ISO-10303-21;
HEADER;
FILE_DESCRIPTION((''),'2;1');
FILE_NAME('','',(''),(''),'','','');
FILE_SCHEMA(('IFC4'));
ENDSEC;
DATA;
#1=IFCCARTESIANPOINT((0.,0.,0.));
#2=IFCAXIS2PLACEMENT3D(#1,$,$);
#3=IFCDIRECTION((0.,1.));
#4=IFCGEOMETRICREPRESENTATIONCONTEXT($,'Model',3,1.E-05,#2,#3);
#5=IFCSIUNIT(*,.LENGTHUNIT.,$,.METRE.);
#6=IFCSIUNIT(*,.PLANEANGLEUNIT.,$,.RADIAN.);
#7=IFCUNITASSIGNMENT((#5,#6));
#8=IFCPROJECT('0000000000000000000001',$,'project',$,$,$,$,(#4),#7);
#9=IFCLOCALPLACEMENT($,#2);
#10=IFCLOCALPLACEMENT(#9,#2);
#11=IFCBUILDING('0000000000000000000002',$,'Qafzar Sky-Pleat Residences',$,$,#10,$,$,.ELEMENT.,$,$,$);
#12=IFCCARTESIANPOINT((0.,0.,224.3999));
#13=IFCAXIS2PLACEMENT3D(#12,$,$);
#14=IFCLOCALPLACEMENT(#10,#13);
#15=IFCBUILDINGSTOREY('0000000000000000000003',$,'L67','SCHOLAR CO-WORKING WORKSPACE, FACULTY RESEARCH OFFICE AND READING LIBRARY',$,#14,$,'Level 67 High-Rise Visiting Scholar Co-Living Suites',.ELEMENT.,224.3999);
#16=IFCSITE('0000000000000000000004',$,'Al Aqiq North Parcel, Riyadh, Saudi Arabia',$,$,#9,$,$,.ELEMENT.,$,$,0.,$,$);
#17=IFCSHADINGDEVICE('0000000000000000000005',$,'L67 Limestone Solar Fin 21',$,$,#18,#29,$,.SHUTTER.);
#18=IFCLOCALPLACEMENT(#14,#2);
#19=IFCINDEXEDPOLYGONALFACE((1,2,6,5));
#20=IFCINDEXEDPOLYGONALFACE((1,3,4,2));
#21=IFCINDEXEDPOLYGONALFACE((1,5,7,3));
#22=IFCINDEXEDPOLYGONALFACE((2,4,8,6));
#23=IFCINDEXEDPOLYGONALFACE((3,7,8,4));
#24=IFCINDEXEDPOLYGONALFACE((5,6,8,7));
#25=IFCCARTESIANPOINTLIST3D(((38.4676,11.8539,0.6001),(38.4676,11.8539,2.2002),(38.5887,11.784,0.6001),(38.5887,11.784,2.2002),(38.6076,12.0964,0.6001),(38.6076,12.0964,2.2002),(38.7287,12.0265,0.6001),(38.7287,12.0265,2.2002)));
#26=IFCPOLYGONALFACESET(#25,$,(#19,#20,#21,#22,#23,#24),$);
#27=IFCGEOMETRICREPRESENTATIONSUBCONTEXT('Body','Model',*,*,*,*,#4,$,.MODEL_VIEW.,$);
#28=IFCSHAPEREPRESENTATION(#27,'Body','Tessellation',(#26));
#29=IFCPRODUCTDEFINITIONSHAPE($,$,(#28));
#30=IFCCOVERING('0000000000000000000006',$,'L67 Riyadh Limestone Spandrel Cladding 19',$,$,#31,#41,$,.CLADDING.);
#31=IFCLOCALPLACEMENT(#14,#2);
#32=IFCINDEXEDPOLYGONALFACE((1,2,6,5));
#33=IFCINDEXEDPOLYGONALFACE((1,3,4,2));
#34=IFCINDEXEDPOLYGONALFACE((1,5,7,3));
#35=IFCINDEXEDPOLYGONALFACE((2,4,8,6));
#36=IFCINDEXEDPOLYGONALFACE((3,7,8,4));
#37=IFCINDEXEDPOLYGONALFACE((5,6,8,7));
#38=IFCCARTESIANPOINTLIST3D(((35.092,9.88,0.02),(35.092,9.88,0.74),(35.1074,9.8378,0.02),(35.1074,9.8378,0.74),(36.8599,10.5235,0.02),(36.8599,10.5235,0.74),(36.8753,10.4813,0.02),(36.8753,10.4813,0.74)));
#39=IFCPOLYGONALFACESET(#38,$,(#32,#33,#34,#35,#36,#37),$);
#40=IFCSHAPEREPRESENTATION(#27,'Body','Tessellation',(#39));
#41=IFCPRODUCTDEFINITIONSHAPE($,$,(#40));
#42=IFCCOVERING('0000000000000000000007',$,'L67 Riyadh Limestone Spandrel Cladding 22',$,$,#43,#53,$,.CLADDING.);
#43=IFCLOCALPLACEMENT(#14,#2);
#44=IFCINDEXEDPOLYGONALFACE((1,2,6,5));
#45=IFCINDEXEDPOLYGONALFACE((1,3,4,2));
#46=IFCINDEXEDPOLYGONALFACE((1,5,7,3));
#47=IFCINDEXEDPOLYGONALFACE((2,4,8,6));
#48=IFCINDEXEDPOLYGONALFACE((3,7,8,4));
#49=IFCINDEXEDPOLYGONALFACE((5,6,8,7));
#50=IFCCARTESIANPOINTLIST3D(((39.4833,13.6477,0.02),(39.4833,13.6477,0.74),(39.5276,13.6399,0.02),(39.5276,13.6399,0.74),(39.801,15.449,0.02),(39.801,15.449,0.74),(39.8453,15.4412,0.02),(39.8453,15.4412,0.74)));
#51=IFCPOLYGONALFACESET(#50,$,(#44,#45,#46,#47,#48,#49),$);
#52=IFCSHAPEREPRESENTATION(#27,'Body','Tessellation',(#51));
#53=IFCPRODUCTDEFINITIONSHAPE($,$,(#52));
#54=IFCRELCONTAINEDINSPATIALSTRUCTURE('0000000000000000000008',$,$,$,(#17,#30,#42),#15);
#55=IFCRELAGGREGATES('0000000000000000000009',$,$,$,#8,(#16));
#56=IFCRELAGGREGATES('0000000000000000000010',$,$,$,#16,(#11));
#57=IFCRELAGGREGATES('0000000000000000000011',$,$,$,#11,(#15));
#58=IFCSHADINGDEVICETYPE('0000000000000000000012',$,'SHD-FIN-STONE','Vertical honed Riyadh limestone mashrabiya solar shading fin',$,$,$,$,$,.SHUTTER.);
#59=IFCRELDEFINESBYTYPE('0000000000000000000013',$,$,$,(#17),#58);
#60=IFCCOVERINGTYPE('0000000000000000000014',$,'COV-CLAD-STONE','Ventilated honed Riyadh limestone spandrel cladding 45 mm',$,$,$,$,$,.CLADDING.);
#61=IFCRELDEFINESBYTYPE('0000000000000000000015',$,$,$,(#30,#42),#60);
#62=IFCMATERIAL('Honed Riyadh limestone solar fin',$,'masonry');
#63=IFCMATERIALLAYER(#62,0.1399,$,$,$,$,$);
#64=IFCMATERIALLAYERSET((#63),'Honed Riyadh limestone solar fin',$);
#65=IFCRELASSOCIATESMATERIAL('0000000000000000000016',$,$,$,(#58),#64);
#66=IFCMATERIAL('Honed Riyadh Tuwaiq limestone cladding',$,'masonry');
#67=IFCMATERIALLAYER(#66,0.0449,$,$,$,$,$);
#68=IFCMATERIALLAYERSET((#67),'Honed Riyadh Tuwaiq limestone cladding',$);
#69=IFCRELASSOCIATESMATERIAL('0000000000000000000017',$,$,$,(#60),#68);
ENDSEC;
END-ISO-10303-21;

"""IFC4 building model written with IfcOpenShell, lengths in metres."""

from ifc_helpers import new_model, si_unit, direction, frame, origin, origin_2d, place, context, subcontext, project, spatial, rectangle, extrude, source, transform, mapped, material, layer, layer_set, type_object, element, save


model = new_model("IFC4")

# Units and contexts
model_context = context("Model", 3, precision=1e-05, world=origin(), true_north=direction((0.0, 1.0)))
body_context = subcontext(model_context, "Body", "Model", "MODEL_VIEW")
ifc_project = project(units=[si_unit("LENGTHUNIT", "METRE"), si_unit("PLANEANGLEUNIT", "RADIAN")], contexts=[model_context])

# Site, building, storey
site_placement = place(None, origin())
site = spatial("IfcSite", under=ifc_project, at=site_placement, Name="Al Aqiq North Parcel, Riyadh, Saudi Arabia", CompositionType="ELEMENT", RefElevation=0.0)
building_placement = place(site_placement, origin())
building = spatial("IfcBuilding", under=site, at=building_placement, Name="Qafzar Sky-Pleat Residences", CompositionType="ELEMENT")
storey_placement = place(building_placement, frame((0.0, 0.0, 224.3999)))
storey = spatial("IfcBuildingStorey", under=building, at=storey_placement, Name="L67", Description="SCHOLAR CO-WORKING WORKSPACE, FACULTY RESEARCH OFFICE AND READING LIBRARY", LongName="Level 67 High-Rise Visiting Scholar Co-Living Suites", CompositionType="ELEMENT", Elevation=224.3999)

# Shading device
ifc_material_1 = material(Name="Honed Riyadh limestone solar fin", Category="masonry")
ifc_layer_1 = layer(ifc_material_1, 0.1399)
ifc_layer_set_1 = layer_set([ifc_layer_1], Name="Honed Riyadh limestone solar fin")
shading_device_type = type_object("IfcShadingDeviceType", Name="SHD-FIN-STONE", Description="Vertical honed Riyadh limestone mashrabiya solar shading fin", PredefinedType="SHUTTER", material=ifc_layer_set_1)
shared_shape_1 = source(origin(), body_context, "Body", "SweptSolid", [
    extrude(rectangle(XDim=0.1399, YDim=0.28, at=origin_2d()), origin(), (0.0, 0.0, 1.0), 1.6001),
])
shading_device_placement = place(storey_placement, frame((38.5981, 11.9402, 0.6001), z_axis=(0.0, 0.0, 1.0), x_axis=(0.866032, -0.499989, 0.0)))
element("IfcShadingDevice", 1, at=shading_device_placement, inside=storey, type_object=shading_device_type, Name="L67 Limestone Solar Fin 21", PredefinedType="SHUTTER", context=body_context, shape_type="MappedRepresentation", body=[
    mapped(shared_shape_1, transform((0.0, 0.0, 0.0), x_axis=(1.0, 0.0, 0.0), y_axis=(0.0, 1.0, 0.0), z_axis=(0.0, 0.0, 1.0), scale=1.0)),
])

# Coverings
ifc_material_2 = material(Name="Honed Riyadh Tuwaiq limestone cladding", Category="masonry")
ifc_layer_2 = layer(ifc_material_2, 0.0449)
ifc_layer_set_2 = layer_set([ifc_layer_2], Name="Honed Riyadh Tuwaiq limestone cladding")
covering_type = type_object("IfcCoveringType", Name="COV-CLAD-STONE", Description="Ventilated honed Riyadh limestone spandrel cladding 45 mm", PredefinedType="CLADDING", material=ifc_layer_set_2)
shared_shape_2 = source(origin(), body_context, "Body", "SweptSolid", [
    extrude(rectangle(XDim=1.8813, YDim=0.0449, at=origin_2d()), origin(), (0.0, 0.0, 1.0), 0.72),
])
covering_1_placement = place(storey_placement, frame((35.9836, 10.1807, 0.02), z_axis=(0.0, 0.0, 1.0), x_axis=(0.939694, 0.342016, 0.0)))
element("IfcCovering", 2, at=covering_1_placement, inside=storey, type_object=covering_type, Name="L67 Riyadh Limestone Spandrel Cladding 19", PredefinedType="CLADDING", context=body_context, shape_type="MappedRepresentation", body=[
    mapped(shared_shape_2, transform((0.0, 0.0, 0.0), x_axis=(1.0, 0.0, 0.0), y_axis=(0.0, 1.0, 0.0), z_axis=(0.0, 0.0, 1.0), scale=1.0)),
])
shared_shape_3 = source(origin(), body_context, "Body", "SweptSolid", [
    extrude(rectangle(XDim=1.8291, YDim=0.0449, at=origin_2d()), origin(), (0.0, 0.0, 1.0), 0.72),
])
covering_2_placement = place(storey_placement, frame((39.6643, 14.5444, 0.02), z_axis=(0.0, 0.0, 1.0), x_axis=(0.173696, 0.984799, 0.0)))
element("IfcCovering", 3, at=covering_2_placement, inside=storey, type_object=covering_type, Name="L67 Riyadh Limestone Spandrel Cladding 22", PredefinedType="CLADDING", context=body_context, shape_type="MappedRepresentation", body=[
    mapped(shared_shape_3, transform((0.0, 0.0, 0.0), x_axis=(1.0, 0.0, 0.0), y_axis=(0.0, 1.0, 0.0), z_axis=(0.0, 0.0, 1.0), scale=1.0)),
])

save(model, "model.ifc")
